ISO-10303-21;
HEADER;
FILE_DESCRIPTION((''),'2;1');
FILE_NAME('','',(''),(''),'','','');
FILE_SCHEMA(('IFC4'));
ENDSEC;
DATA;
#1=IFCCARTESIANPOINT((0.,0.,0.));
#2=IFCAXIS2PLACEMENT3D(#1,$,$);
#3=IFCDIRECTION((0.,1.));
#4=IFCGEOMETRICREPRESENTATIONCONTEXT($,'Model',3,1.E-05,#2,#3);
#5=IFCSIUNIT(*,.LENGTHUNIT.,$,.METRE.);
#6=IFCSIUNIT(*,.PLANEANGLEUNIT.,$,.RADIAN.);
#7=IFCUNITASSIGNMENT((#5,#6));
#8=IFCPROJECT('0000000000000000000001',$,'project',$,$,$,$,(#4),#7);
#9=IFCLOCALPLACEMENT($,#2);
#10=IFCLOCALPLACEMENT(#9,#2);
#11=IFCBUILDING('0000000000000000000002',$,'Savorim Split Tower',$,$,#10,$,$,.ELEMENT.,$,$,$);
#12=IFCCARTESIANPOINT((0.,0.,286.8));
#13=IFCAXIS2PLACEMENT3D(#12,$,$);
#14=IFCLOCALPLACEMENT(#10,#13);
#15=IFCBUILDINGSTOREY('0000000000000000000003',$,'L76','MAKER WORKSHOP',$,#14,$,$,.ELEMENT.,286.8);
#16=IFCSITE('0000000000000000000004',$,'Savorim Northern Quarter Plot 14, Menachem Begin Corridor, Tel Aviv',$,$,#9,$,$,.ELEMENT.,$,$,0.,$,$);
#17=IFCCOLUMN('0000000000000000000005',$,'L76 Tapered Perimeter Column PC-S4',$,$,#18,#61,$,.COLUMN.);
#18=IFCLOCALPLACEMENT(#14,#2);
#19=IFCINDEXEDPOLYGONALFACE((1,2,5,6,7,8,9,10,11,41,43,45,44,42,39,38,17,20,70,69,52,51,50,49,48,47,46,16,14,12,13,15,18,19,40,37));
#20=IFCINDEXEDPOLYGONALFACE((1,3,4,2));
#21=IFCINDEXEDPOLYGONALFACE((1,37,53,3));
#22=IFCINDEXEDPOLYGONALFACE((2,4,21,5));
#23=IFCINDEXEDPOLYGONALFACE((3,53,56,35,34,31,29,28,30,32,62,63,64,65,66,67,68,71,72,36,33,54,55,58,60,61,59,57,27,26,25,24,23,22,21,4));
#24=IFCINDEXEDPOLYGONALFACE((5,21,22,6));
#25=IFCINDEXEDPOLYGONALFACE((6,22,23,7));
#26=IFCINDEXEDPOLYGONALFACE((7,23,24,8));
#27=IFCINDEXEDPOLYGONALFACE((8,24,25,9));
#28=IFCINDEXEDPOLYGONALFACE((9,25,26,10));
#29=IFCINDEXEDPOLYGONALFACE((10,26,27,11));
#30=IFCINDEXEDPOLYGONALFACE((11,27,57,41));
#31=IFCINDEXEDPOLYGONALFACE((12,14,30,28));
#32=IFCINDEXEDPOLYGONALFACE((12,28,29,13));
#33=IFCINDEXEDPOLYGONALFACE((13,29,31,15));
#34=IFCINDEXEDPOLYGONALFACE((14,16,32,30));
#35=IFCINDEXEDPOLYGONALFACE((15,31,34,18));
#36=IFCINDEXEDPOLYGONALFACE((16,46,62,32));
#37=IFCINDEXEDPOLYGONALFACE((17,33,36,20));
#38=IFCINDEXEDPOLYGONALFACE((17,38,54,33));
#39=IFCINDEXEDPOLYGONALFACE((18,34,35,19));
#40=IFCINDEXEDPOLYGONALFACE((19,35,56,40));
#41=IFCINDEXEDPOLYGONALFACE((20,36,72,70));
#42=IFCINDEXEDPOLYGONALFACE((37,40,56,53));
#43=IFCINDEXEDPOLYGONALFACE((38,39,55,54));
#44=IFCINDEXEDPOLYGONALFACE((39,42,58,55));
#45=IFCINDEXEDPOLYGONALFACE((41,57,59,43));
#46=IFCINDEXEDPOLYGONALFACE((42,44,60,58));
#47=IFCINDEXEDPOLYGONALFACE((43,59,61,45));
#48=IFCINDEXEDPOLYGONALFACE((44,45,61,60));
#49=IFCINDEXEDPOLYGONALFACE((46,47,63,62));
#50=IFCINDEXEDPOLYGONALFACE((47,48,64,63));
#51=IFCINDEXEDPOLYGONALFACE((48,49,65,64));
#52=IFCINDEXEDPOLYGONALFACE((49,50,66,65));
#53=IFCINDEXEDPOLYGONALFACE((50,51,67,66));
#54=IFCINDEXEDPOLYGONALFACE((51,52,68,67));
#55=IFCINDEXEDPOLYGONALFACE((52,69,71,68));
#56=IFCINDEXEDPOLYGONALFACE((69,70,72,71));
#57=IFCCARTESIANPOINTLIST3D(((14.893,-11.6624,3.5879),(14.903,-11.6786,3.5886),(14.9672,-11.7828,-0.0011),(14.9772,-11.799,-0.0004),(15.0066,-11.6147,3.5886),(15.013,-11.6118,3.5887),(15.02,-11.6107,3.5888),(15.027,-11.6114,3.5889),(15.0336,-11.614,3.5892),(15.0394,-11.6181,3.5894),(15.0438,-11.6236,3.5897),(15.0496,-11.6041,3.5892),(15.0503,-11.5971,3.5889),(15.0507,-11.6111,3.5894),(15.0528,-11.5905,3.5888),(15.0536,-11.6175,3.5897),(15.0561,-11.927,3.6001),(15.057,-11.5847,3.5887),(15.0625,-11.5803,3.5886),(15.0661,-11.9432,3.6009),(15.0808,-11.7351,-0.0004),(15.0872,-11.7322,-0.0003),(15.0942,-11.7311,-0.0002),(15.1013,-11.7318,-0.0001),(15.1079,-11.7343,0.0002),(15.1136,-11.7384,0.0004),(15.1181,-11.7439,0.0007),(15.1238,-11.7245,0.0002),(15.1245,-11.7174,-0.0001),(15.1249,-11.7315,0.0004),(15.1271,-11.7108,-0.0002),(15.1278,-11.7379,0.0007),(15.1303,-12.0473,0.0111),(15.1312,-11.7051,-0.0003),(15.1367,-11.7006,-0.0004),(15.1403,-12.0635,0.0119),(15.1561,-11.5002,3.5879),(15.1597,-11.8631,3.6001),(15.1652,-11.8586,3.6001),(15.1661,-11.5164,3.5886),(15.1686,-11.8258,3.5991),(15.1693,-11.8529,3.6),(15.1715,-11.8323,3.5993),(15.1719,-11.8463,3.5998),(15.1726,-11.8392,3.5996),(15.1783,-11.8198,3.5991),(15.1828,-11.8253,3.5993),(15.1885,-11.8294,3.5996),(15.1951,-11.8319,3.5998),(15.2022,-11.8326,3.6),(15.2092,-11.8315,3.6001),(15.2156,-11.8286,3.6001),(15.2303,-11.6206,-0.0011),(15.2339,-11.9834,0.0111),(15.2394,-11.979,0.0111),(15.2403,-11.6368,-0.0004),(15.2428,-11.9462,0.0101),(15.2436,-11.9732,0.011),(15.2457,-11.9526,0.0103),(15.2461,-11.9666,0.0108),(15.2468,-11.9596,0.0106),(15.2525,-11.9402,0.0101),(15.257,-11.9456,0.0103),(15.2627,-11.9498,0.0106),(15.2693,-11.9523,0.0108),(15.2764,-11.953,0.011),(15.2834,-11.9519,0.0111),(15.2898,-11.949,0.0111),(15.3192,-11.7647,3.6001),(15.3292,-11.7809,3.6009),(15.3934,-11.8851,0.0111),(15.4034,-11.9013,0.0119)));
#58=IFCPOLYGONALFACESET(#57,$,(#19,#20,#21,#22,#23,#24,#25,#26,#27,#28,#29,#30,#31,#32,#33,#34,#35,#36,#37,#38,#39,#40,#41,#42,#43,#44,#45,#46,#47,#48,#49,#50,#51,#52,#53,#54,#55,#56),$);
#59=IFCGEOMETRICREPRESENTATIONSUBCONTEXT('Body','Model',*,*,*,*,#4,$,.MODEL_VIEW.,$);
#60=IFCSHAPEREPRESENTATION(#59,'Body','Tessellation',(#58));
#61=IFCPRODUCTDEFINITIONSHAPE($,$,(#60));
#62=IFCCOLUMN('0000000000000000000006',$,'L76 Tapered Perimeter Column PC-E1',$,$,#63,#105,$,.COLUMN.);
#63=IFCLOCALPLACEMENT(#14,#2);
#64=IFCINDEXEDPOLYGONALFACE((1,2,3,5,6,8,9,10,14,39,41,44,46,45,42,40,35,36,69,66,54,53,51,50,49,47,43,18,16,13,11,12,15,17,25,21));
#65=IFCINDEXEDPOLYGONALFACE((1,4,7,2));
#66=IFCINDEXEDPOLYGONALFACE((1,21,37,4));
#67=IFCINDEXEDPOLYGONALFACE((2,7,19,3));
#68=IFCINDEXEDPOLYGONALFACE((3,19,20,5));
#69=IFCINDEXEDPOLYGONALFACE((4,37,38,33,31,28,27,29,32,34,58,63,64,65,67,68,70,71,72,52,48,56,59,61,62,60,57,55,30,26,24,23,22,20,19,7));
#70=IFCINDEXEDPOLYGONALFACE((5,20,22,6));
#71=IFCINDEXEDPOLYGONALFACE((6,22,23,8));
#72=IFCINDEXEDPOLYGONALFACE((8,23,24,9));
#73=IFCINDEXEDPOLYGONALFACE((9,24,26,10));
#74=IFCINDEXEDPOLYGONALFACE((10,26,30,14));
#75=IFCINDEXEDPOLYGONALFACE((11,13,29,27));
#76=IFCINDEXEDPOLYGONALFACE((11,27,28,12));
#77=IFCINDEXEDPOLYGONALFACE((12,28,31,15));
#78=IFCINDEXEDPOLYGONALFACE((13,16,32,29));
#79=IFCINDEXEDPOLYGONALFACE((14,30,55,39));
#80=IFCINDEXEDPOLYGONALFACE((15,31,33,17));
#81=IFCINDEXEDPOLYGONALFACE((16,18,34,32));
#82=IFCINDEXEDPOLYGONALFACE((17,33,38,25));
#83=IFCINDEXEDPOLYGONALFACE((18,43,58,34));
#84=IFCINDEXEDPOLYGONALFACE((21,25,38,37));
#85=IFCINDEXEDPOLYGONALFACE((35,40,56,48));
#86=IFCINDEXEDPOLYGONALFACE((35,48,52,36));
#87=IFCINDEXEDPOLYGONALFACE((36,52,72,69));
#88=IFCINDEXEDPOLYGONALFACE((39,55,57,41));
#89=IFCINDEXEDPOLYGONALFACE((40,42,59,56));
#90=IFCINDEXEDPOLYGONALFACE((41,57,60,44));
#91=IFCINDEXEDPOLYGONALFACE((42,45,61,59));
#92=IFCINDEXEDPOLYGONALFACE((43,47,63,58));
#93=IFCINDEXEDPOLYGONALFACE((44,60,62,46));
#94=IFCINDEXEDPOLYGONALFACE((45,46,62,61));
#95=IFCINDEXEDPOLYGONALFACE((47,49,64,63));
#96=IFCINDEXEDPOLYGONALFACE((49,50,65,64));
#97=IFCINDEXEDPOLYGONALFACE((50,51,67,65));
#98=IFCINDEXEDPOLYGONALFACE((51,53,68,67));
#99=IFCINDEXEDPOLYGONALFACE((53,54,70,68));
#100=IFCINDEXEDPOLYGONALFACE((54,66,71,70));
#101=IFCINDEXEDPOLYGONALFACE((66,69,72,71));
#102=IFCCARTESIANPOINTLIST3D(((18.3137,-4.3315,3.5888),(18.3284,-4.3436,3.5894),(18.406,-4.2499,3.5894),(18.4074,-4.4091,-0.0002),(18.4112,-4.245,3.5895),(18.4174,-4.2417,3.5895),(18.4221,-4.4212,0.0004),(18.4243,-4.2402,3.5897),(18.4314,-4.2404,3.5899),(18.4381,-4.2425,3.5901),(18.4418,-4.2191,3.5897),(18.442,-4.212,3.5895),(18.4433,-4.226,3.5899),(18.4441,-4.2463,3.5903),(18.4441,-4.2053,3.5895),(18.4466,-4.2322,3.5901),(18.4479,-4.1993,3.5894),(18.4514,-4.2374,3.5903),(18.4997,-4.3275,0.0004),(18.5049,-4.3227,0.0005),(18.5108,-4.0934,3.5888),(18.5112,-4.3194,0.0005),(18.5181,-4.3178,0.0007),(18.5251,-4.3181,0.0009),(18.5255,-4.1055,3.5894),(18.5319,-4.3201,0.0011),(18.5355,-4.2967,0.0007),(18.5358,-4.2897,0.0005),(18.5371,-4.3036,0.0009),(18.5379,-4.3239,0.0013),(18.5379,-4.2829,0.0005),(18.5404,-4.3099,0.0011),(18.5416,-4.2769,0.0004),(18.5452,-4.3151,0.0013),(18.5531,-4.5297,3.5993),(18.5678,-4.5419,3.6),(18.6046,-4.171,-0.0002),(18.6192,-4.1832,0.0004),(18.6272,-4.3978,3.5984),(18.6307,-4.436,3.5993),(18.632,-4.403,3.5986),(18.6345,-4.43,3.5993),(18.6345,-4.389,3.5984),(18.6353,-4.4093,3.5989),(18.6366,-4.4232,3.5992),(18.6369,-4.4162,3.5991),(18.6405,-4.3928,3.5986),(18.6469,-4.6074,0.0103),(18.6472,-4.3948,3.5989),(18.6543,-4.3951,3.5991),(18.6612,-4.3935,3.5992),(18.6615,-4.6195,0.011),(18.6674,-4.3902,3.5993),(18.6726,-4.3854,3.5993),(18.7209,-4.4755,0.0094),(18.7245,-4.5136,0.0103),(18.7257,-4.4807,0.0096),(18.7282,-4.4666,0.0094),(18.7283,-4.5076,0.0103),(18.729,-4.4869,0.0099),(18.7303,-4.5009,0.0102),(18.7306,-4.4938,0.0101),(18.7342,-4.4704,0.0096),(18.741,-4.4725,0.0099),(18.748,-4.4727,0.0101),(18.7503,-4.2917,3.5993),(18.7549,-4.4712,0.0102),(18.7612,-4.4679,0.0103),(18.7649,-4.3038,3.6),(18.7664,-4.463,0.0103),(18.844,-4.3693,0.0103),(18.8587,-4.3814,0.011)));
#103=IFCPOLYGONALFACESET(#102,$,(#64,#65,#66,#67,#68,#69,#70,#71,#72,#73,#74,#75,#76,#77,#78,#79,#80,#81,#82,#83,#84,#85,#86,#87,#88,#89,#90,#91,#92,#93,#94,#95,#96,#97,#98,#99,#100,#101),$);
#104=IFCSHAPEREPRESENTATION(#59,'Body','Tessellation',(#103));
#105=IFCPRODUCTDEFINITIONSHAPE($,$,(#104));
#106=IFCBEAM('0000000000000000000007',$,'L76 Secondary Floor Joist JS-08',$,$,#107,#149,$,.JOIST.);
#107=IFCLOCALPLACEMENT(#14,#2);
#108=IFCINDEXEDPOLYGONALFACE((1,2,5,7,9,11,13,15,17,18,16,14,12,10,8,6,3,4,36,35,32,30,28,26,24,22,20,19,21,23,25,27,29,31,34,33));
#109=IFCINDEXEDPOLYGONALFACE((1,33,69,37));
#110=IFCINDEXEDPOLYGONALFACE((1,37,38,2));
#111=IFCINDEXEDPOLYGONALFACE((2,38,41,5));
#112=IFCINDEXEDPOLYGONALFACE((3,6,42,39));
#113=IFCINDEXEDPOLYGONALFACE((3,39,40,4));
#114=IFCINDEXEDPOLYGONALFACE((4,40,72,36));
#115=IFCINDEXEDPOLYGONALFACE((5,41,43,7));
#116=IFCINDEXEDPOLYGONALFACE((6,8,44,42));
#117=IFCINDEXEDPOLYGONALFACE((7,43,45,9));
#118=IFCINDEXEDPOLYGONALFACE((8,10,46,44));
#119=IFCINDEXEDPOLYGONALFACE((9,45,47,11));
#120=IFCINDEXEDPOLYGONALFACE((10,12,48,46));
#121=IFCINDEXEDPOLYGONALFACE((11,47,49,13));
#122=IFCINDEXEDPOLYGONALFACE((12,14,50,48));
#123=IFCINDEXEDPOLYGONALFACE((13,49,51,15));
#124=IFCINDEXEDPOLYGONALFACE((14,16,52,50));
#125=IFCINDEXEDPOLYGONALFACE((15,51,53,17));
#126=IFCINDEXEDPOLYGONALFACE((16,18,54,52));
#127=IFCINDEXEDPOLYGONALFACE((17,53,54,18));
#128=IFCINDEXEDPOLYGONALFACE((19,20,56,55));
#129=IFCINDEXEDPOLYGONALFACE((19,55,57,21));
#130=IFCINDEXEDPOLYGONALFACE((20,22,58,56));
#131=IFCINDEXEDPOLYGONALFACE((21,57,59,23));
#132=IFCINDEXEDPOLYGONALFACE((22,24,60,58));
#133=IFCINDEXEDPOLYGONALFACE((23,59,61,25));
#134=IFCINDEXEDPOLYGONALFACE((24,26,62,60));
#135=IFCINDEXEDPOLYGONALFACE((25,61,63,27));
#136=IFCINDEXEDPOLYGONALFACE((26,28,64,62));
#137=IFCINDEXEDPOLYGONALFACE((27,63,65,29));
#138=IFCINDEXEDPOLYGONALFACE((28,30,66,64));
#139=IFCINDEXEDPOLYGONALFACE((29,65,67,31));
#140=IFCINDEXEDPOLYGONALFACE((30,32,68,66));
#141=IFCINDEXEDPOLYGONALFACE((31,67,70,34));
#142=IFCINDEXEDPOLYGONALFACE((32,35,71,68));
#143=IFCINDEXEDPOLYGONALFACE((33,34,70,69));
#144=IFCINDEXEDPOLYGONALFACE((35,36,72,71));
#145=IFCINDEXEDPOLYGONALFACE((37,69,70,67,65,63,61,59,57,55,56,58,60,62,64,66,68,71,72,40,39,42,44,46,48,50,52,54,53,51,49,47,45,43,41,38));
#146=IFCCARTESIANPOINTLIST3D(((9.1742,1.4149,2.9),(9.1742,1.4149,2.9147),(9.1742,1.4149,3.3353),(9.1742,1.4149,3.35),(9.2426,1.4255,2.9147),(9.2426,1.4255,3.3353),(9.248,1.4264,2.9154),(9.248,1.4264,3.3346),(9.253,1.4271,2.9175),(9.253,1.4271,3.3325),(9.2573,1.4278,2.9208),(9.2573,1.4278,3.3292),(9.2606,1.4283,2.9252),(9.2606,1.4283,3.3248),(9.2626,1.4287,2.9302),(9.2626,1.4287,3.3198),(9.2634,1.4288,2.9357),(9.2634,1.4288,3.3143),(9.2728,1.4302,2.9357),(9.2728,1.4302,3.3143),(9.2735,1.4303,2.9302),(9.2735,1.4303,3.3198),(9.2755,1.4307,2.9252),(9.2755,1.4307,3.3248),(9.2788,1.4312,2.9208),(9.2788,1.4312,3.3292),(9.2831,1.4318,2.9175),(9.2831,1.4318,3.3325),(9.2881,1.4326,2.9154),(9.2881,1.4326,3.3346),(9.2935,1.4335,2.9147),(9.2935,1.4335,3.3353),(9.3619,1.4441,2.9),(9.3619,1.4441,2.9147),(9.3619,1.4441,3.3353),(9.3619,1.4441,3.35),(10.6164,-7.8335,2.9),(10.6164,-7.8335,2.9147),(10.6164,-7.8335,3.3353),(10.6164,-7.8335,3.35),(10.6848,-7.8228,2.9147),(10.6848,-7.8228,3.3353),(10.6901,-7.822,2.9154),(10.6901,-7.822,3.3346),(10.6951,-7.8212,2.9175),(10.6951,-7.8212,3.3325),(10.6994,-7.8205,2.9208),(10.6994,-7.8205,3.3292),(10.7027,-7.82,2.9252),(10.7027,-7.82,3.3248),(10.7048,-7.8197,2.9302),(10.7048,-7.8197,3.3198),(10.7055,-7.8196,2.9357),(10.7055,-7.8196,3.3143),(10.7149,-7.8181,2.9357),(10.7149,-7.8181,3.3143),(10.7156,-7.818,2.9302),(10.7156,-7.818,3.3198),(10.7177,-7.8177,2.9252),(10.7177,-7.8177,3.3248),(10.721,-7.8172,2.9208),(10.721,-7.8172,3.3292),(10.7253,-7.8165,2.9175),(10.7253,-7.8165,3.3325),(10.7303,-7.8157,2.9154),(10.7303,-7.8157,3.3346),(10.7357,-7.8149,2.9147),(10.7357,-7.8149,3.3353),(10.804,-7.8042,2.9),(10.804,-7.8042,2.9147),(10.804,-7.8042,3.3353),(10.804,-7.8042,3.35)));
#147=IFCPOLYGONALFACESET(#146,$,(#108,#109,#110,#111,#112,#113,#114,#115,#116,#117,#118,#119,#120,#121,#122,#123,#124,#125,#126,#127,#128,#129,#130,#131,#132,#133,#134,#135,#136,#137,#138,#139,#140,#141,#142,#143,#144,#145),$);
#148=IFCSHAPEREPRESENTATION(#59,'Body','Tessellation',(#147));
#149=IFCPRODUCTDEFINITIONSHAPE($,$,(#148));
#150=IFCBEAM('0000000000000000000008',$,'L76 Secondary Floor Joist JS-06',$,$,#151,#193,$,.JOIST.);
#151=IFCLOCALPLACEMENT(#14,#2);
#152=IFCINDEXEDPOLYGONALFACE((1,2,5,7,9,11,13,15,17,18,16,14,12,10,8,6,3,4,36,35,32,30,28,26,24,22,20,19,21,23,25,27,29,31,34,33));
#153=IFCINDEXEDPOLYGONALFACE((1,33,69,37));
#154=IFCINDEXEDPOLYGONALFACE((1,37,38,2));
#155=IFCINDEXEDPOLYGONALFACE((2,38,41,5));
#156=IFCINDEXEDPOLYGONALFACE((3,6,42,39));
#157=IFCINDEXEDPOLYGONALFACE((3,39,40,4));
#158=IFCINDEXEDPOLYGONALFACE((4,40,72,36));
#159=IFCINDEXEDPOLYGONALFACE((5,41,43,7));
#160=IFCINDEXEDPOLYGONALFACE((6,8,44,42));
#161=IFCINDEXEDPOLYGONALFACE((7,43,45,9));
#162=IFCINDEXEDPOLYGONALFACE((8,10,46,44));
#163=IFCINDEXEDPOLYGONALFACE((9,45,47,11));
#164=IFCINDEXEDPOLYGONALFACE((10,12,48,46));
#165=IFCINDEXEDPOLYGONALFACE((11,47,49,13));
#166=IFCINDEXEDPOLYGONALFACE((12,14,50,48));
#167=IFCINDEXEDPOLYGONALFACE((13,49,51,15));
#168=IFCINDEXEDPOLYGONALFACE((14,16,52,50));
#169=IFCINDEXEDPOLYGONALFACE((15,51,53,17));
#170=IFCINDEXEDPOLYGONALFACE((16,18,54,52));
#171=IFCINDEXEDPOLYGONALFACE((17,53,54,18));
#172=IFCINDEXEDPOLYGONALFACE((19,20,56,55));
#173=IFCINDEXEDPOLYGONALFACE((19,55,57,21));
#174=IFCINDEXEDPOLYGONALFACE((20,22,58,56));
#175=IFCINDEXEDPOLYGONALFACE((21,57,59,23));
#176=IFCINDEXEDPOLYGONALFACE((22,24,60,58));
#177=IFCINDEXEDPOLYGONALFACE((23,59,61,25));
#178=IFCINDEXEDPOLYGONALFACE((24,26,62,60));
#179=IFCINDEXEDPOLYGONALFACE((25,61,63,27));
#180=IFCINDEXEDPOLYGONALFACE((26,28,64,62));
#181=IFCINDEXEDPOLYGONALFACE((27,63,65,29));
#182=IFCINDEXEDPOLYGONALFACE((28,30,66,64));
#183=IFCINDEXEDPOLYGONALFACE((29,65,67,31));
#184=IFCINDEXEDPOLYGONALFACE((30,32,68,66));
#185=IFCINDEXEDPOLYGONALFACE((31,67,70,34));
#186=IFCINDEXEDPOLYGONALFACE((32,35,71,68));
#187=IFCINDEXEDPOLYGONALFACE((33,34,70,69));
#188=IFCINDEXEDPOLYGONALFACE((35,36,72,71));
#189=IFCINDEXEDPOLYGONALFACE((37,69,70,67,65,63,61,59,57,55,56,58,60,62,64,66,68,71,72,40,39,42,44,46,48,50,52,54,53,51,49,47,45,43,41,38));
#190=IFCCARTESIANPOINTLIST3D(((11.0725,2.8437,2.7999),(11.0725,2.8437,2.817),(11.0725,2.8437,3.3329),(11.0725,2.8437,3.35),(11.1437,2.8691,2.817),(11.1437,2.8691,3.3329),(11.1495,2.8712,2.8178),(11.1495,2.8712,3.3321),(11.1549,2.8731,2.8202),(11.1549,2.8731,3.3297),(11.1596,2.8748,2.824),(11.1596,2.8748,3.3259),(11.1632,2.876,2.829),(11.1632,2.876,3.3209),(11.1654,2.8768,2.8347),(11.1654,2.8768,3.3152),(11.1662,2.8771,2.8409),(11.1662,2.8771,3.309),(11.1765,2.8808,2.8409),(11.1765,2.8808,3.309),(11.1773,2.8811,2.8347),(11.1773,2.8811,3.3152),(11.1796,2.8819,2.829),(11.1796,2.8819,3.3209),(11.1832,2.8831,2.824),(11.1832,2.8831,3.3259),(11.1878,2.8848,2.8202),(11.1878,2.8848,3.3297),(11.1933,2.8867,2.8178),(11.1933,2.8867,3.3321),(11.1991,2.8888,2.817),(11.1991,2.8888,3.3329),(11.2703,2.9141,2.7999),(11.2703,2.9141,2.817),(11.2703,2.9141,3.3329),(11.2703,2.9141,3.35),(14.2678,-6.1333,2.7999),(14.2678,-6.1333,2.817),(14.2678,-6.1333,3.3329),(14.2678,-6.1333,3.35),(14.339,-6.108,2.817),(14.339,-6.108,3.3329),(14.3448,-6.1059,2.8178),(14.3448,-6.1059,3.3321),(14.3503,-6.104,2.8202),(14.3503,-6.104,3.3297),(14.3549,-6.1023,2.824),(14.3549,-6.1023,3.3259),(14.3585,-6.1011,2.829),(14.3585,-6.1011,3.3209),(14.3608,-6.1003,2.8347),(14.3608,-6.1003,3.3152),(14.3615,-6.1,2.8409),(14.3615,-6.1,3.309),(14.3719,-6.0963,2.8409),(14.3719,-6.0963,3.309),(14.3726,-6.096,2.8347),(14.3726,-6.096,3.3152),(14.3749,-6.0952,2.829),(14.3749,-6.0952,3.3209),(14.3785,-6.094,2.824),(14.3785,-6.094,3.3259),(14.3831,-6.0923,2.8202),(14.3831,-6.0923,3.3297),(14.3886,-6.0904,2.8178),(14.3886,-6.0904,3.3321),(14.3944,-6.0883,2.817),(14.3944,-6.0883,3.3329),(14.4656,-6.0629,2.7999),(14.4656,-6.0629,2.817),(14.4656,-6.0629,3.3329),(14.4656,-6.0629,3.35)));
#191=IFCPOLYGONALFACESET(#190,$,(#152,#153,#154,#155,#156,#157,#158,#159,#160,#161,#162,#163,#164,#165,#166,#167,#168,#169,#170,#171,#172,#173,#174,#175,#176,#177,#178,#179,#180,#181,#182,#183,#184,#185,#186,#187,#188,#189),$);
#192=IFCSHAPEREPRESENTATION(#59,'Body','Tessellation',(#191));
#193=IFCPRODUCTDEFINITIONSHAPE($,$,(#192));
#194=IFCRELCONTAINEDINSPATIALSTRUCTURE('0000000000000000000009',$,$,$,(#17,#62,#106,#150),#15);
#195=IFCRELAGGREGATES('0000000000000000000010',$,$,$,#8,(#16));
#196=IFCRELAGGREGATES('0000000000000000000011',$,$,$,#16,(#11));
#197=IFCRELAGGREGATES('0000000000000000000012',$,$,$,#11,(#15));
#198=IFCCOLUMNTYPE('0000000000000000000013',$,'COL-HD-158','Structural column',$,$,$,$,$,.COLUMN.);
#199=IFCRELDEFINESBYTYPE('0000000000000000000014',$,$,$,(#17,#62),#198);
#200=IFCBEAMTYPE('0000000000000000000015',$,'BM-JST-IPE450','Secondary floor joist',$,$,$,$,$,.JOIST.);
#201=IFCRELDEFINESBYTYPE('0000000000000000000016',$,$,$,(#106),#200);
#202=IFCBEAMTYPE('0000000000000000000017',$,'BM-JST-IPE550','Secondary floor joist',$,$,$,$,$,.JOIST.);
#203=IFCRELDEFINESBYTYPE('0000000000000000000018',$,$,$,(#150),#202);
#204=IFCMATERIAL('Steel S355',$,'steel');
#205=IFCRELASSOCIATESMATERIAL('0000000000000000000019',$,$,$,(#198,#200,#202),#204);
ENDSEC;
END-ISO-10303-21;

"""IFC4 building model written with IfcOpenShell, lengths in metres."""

from ifc_helpers import new_model, si_unit, direction, frame, origin, origin_2d, place, context, subcontext, project, spatial, i_section, extrude, material, material_profile, profile_set, type_object, element, save


model = new_model("IFC4")

# Units and contexts
model_context = context("Model", 3, precision=1e-05, world=origin(), true_north=direction((0.0, 1.0)))
body_context = subcontext(model_context, "Body", "Model", "MODEL_VIEW")
ifc_project = project(units=[si_unit("LENGTHUNIT", "METRE"), si_unit("PLANEANGLEUNIT", "RADIAN")], contexts=[model_context])

# Site, building, storey
site_placement = place(None, origin())
site = spatial("IfcSite", under=ifc_project, at=site_placement, Name="Savorim Northern Quarter Plot 14, Menachem Begin Corridor, Tel Aviv", CompositionType="ELEMENT", RefElevation=0.0)
building_placement = place(site_placement, origin())
building = spatial("IfcBuilding", under=site, at=building_placement, Name="Savorim Split Tower", CompositionType="ELEMENT")
storey_placement = place(building_placement, frame((0.0, 0.0, 286.8)))
storey = spatial("IfcBuildingStorey", under=building, at=storey_placement, Name="L76", Description="MAKER WORKSHOP", CompositionType="ELEMENT", Elevation=286.8)

# Columns
ifc_material_1 = material(Name="Steel S355", Category="steel")
ifc_material_profile_1 = material_profile(ifc_material_1, i_section(OverallWidth=0.3091, OverallDepth=0.3301, WebThickness=0.0115, FlangeThickness=0.019, FilletRadius=0.0271, at=origin_2d()), Name="HD 320x158")
ifc_profile_set_1 = profile_set([ifc_material_profile_1], Name="Steel S355")
column_type = type_object("IfcColumnType", Name="COL-HD-158", Description="Structural column", PredefinedType="COLUMN", material=ifc_profile_set_1)
column_1_placement = place(storey_placement, frame((15.1853, -11.842, 0.0054), z_axis=(-0.020663, 0.033509, 0.999225), x_axis=(-0.851184, -0.524868, 0.0)))
element("IfcColumn", 1, at=column_1_placement, inside=storey, type_object=column_type, Name="L76 Tapered Perimeter Column PC-S4", PredefinedType="COLUMN", context=body_context, shape_type="SweptSolid", body=[
    extrude(i_section(OverallWidth=0.3091, OverallDepth=0.3301, WebThickness=0.0115, FlangeThickness=0.019, FilletRadius=0.0271, at=origin_2d()), origin(), (0.0, 0.0, 1.0), 3.5918),
])
column_2_placement = place(storey_placement, frame((18.6331, -4.3953, 0.0054), z_axis=(-0.026106, 0.021619, 0.999425), x_axis=(-0.637814, -0.77019, 0.0)))
element("IfcColumn", 2, at=column_2_placement, inside=storey, type_object=column_type, Name="L76 Tapered Perimeter Column PC-E1", PredefinedType="COLUMN", context=body_context, shape_type="SweptSolid", body=[
    extrude(i_section(OverallWidth=0.3091, OverallDepth=0.3301, WebThickness=0.0115, FlangeThickness=0.019, FilletRadius=0.0271, at=origin_2d()), origin(), (0.0, 0.0, 1.0), 3.5911),
])

# Beams
ifc_material_profile_2 = material_profile(ifc_material_1, i_section(OverallWidth=0.1899, OverallDepth=0.45, WebThickness=0.0095, FlangeThickness=0.0146, FilletRadius=0.021, at=origin_2d()), Name="IPE 450")
ifc_profile_set_2 = profile_set([ifc_material_profile_2], Name="Steel S355")
beam_type_1 = type_object("IfcBeamType", Name="BM-JST-IPE450", Description="Secondary floor joist", PredefinedType="JOIST", material=ifc_profile_set_2)
beam_1_placement = place(storey_placement, frame((10.7102, -7.8188, 3.125), z_axis=(-0.154074, 0.988059, 0.0), x_axis=(-0.988059, -0.154074, 0.0)))
element("IfcBeam", 3, at=beam_1_placement, inside=storey, type_object=beam_type_1, Name="L76 Secondary Floor Joist JS-08", PredefinedType="JOIST", context=body_context, shape_type="SweptSolid", body=[
    extrude(i_section(OverallWidth=0.1899, OverallDepth=0.45, WebThickness=0.0095, FlangeThickness=0.0146, FilletRadius=0.021, at=origin_2d()), origin(), (0.0, 0.0, 1.0), 9.3601),
])
ifc_material_profile_3 = material_profile(ifc_material_1, i_section(OverallWidth=0.21, OverallDepth=0.55, WebThickness=0.011, FlangeThickness=0.0171, FilletRadius=0.0239, at=origin_2d()), Name="IPE 550")
ifc_profile_set_3 = profile_set([ifc_material_profile_3], Name="Steel S355")
beam_type_2 = type_object("IfcBeamType", Name="BM-JST-IPE550", Description="Secondary floor joist", PredefinedType="JOIST", material=ifc_profile_set_3)
beam_2_placement = place(storey_placement, frame((14.3667, -6.0981, 3.075), z_axis=(-0.335333, 0.9421, 0.0), x_axis=(-0.9421, -0.335333, 0.0)))
element("IfcBeam", 4, at=beam_2_placement, inside=storey, type_object=beam_type_2, Name="L76 Secondary Floor Joist JS-06", PredefinedType="JOIST", context=body_context, shape_type="SweptSolid", body=[
    extrude(i_section(OverallWidth=0.21, OverallDepth=0.55, WebThickness=0.011, FlangeThickness=0.0171, FilletRadius=0.0239, at=origin_2d()), origin(), (0.0, 0.0, 1.0), 9.5288),
])

save(model, "model.ifc")
